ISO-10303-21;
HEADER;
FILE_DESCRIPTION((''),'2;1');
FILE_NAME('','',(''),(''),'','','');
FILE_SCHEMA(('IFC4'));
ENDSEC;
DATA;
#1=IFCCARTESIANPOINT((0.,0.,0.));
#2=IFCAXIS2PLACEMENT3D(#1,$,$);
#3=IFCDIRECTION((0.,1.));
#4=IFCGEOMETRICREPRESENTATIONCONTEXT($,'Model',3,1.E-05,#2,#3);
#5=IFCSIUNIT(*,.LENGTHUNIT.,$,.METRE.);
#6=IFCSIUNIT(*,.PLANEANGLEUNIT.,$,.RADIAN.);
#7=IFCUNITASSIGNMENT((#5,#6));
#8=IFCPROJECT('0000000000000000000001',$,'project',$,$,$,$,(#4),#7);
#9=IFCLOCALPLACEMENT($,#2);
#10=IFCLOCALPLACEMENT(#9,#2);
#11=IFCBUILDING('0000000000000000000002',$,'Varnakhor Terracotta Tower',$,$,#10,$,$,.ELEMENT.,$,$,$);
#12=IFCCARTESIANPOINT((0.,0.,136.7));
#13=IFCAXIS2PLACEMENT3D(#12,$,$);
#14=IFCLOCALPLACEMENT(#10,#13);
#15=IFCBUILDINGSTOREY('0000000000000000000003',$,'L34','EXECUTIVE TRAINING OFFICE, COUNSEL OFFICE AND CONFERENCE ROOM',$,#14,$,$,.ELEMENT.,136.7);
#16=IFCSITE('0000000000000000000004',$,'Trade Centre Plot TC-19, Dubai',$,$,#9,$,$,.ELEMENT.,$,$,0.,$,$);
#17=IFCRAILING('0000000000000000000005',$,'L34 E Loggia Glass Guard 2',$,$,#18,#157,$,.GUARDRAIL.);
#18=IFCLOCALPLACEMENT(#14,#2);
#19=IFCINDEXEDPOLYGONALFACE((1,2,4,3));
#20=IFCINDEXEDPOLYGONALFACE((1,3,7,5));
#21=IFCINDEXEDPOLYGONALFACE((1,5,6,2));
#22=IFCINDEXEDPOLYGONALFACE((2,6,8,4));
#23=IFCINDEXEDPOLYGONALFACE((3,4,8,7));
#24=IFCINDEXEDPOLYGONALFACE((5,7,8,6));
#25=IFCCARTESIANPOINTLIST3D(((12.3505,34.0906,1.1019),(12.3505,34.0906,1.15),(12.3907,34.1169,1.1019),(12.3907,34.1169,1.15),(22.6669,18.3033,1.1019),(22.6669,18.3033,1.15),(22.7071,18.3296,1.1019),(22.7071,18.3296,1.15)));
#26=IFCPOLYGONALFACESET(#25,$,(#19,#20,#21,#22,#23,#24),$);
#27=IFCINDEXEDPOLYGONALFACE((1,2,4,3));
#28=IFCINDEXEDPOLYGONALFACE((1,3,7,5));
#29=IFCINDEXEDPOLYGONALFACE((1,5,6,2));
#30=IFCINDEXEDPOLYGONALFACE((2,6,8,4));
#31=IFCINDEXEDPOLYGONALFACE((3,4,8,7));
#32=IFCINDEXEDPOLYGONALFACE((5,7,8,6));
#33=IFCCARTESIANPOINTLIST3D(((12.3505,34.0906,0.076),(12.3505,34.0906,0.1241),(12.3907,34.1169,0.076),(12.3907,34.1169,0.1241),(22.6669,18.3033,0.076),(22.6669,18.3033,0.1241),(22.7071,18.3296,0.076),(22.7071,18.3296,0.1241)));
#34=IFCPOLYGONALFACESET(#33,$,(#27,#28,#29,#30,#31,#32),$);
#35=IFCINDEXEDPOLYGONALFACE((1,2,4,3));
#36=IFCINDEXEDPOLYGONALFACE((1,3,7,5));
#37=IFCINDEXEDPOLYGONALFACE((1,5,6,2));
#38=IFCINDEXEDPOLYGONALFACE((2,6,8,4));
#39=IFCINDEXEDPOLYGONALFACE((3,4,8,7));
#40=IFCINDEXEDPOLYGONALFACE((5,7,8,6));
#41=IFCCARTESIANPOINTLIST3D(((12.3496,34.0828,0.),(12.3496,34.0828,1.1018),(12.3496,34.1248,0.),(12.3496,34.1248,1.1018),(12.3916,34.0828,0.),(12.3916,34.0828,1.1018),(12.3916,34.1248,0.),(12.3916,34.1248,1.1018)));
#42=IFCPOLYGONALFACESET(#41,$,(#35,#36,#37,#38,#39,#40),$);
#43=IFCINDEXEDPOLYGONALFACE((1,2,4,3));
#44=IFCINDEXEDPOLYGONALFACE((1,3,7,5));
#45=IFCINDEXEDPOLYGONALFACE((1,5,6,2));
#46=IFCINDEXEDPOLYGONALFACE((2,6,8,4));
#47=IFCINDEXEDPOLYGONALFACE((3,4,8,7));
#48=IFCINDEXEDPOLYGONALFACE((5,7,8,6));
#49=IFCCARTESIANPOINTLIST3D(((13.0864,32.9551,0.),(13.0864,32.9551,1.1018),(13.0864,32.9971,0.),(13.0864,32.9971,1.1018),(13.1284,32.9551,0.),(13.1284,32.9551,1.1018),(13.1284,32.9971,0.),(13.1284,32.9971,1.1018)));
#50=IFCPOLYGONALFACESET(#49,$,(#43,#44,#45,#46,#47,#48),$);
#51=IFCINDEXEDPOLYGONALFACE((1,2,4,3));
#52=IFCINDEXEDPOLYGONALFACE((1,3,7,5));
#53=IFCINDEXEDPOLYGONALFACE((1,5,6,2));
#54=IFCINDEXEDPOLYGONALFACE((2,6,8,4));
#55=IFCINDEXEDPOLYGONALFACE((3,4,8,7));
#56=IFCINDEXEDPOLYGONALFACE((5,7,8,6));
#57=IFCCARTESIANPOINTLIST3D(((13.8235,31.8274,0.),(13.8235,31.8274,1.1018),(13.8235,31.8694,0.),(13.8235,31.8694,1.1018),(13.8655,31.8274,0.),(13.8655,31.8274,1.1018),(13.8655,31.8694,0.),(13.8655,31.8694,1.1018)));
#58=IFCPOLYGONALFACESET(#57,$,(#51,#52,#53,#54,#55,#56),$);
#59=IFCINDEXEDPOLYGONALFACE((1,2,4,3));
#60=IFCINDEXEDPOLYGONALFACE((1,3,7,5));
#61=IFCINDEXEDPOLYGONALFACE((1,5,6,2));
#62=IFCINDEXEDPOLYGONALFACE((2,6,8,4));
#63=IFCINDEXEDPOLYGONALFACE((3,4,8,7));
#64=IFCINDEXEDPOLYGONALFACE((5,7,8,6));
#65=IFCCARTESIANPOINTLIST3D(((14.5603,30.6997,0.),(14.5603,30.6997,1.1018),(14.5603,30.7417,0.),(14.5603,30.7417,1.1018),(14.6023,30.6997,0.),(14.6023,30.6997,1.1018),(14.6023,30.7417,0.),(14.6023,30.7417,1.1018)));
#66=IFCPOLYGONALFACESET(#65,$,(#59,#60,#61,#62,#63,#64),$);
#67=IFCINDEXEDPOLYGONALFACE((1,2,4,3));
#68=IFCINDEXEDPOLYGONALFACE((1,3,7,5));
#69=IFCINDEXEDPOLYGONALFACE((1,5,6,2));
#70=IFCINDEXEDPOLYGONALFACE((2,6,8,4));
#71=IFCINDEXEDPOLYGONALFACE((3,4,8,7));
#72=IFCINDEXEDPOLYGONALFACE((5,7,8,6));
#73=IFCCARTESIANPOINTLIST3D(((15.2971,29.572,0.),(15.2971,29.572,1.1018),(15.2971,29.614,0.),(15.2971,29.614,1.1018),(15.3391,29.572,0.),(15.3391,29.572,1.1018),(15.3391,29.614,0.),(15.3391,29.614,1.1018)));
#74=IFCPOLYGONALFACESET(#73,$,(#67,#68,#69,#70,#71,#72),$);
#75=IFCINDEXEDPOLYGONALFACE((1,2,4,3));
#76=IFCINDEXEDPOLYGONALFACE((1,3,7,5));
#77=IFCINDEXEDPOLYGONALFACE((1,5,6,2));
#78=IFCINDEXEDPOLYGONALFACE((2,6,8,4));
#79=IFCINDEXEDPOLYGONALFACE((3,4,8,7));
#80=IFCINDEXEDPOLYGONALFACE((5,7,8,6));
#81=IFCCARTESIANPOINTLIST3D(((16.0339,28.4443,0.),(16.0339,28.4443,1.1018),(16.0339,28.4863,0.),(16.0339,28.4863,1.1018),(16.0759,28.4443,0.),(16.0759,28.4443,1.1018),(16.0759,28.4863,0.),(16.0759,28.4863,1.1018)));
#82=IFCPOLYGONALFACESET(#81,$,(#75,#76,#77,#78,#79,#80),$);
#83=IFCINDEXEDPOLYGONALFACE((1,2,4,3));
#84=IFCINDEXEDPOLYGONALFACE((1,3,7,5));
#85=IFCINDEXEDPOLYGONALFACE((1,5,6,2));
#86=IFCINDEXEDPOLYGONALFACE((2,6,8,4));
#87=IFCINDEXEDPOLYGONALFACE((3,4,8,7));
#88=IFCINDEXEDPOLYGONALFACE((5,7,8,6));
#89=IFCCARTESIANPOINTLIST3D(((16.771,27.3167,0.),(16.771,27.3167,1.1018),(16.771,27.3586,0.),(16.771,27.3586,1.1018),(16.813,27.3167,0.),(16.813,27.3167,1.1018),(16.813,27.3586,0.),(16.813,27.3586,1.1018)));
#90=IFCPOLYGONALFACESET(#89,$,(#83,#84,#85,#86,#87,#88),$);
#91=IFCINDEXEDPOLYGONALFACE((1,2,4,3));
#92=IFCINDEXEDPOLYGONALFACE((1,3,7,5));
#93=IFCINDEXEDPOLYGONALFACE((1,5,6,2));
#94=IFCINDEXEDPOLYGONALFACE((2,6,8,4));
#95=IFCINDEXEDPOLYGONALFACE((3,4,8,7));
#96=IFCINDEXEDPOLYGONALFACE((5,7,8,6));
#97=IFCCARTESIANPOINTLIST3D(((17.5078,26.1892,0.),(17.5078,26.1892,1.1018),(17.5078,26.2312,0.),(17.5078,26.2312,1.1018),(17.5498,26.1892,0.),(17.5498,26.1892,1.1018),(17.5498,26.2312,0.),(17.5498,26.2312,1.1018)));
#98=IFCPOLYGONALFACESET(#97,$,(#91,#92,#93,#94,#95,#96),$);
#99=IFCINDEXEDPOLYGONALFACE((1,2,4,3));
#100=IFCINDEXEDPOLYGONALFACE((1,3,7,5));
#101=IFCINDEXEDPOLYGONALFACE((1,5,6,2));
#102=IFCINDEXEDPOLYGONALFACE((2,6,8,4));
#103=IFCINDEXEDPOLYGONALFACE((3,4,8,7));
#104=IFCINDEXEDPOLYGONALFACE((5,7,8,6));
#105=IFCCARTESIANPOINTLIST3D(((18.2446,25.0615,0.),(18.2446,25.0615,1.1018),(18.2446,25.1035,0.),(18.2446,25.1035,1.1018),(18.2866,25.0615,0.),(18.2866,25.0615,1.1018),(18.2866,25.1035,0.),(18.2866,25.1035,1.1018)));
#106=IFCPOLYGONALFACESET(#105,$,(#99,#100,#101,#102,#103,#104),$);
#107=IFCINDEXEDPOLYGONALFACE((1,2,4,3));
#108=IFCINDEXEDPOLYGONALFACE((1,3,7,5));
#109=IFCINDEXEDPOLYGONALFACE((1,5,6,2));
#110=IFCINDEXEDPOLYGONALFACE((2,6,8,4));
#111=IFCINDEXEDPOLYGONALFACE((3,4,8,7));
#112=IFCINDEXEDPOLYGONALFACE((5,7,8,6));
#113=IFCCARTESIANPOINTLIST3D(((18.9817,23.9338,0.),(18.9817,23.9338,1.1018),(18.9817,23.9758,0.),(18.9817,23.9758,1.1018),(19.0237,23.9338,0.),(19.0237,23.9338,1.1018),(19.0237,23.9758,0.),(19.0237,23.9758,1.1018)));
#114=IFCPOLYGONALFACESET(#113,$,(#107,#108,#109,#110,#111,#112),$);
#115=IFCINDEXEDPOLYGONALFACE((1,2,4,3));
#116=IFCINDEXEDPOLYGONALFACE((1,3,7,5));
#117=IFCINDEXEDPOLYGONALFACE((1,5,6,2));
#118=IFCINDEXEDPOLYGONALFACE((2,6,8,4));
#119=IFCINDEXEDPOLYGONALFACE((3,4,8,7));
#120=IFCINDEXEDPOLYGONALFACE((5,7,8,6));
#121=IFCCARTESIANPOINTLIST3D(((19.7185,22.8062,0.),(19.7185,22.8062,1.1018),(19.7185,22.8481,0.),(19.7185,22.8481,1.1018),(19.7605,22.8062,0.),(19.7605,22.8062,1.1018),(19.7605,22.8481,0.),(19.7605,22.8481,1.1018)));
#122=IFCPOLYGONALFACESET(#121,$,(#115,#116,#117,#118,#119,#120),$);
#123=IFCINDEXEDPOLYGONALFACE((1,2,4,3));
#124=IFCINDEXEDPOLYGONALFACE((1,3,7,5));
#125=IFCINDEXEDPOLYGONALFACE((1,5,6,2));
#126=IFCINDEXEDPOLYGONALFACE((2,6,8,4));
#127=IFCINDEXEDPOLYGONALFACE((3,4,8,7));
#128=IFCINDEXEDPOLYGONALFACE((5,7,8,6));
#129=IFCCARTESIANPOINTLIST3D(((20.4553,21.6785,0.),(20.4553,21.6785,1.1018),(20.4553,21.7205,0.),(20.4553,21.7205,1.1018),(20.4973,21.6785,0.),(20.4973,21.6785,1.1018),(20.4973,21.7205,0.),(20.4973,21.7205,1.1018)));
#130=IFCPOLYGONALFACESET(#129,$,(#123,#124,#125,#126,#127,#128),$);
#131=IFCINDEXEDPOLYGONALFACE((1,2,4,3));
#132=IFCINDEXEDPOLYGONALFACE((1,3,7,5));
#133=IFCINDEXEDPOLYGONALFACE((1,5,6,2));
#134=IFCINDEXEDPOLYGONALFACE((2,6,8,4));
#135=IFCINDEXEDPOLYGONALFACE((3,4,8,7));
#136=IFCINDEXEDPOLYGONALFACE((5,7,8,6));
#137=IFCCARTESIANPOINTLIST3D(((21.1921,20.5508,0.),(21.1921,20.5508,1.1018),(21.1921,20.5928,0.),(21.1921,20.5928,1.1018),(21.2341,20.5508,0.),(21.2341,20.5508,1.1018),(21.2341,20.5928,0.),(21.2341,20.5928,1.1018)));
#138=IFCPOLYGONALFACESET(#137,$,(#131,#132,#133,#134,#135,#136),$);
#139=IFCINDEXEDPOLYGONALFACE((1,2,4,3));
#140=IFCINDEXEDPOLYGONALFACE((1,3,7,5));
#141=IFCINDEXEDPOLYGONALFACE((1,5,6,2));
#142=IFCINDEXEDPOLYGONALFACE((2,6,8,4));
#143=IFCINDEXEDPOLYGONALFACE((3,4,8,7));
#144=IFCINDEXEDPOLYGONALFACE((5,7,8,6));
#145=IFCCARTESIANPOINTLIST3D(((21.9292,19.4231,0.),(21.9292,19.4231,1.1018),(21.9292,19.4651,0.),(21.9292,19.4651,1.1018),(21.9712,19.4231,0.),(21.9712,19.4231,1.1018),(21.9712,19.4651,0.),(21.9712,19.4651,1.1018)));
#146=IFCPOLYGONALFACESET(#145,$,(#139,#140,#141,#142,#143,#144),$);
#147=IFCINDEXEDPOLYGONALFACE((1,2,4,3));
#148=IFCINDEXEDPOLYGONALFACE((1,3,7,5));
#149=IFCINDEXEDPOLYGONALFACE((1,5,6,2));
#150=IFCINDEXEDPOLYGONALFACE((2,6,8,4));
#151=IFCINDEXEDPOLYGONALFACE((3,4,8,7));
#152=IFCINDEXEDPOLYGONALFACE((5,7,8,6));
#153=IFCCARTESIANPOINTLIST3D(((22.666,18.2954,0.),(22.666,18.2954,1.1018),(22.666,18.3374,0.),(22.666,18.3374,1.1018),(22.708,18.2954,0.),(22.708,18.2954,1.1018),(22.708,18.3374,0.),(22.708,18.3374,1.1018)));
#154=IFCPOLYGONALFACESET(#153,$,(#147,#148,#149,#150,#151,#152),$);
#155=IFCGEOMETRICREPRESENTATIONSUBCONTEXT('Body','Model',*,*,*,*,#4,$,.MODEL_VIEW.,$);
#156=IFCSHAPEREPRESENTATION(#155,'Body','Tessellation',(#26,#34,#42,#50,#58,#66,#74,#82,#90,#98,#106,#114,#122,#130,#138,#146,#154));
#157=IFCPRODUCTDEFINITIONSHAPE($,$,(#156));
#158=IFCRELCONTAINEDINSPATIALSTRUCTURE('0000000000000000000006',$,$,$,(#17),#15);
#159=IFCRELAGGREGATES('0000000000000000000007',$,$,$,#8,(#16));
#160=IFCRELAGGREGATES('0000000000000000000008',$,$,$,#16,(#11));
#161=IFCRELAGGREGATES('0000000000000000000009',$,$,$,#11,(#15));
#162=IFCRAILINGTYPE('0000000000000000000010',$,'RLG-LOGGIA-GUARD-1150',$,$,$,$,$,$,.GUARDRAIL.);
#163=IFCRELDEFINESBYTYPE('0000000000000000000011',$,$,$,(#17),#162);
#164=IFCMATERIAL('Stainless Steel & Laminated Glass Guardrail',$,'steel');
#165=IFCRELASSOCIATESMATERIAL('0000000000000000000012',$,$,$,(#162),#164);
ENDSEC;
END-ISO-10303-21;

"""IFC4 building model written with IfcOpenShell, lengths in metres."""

from ifc_helpers import new_model, si_unit, direction, frame, origin, origin_2d, place, context, subcontext, project, spatial, rectangle, extrude, material, type_object, element, save


model = new_model("IFC4")

# Units and contexts
model_context = context("Model", 3, precision=1e-05, world=origin(), true_north=direction((0.0, 1.0)))
body_context = subcontext(model_context, "Body", "Model", "MODEL_VIEW")
ifc_project = project(units=[si_unit("LENGTHUNIT", "METRE"), si_unit("PLANEANGLEUNIT", "RADIAN")], contexts=[model_context])

# Site, building, storey
site_placement = place(None, origin())
site = spatial("IfcSite", under=ifc_project, at=site_placement, Name="Trade Centre Plot TC-19, Dubai", CompositionType="ELEMENT", RefElevation=0.0)
building_placement = place(site_placement, origin())
building = spatial("IfcBuilding", under=site, at=building_placement, Name="Varnakhor Terracotta Tower", CompositionType="ELEMENT")
storey_placement = place(building_placement, frame((0.0, 0.0, 136.7)))
storey = spatial("IfcBuildingStorey", under=building, at=storey_placement, Name="L34", Description="EXECUTIVE TRAINING OFFICE, COUNSEL OFFICE AND CONFERENCE ROOM", CompositionType="ELEMENT", Elevation=136.7)

# Railing
ifc_material_1 = material(Name="Stainless Steel & Laminated Glass Guardrail", Category="steel")
railing_type = type_object("IfcRailingType", Name="RLG-LOGGIA-GUARD-1150", PredefinedType="GUARDRAIL", material=ifc_material_1)
railing_1_placement = place(storey_placement, frame((12.3706, 34.1038, 0.0)))
element("IfcRailing", 1, at=railing_1_placement, inside=storey, type_object=railing_type, Name="L34 E Loggia Glass Guard 2", PredefinedType="GUARDRAIL", context=body_context, shape_type="SweptSolid", body=[
    extrude(rectangle(XDim=0.0481, YDim=0.0481, at=origin_2d()), frame((0.0, 0.0, 1.126), z_axis=(0.547023, -0.837118, 0.0), x_axis=(0.837118, 0.547023, 0.0)), (0.0, 0.0, 1.0), 18.8591),
    extrude(rectangle(XDim=0.0481, YDim=0.0481, at=origin_2d()), frame((0.0, 0.0, 0.1001), z_axis=(0.547023, -0.837118, 0.0), x_axis=(0.837118, 0.547023, 0.0)), (0.0, 0.0, 1.0), 18.8591),
    extrude(rectangle(XDim=0.042, YDim=0.042, at=origin_2d()), origin(), (0.0, 0.0, 1.0), 1.1018),
    extrude(rectangle(XDim=0.042, YDim=0.042, at=origin_2d()), frame((0.7368, -1.1277, 0.0)), (0.0, 0.0, 1.0), 1.1018),
    extrude(rectangle(XDim=0.042, YDim=0.042, at=origin_2d()), frame((1.4739, -2.2554, 0.0)), (0.0, 0.0, 1.0), 1.1018),
    extrude(rectangle(XDim=0.042, YDim=0.042, at=origin_2d()), frame((2.2107, -3.3831, 0.0)), (0.0, 0.0, 1.0), 1.1018),
    extrude(rectangle(XDim=0.042, YDim=0.042, at=origin_2d()), frame((2.9475, -4.5107, 0.0)), (0.0, 0.0, 1.0), 1.1018),
    extrude(rectangle(XDim=0.042, YDim=0.042, at=origin_2d()), frame((3.6843, -5.6384, 0.0)), (0.0, 0.0, 1.0), 1.1018),
    extrude(rectangle(XDim=0.042, YDim=0.042, at=origin_2d()), frame((4.4214, -6.7661, 0.0)), (0.0, 0.0, 1.0), 1.1018),
    extrude(rectangle(XDim=0.042, YDim=0.042, at=origin_2d()), frame((5.1582, -7.8936, 0.0)), (0.0, 0.0, 1.0), 1.1018),
    extrude(rectangle(XDim=0.042, YDim=0.042, at=origin_2d()), frame((5.895, -9.0212, 0.0)), (0.0, 0.0, 1.0), 1.1018),
    extrude(rectangle(XDim=0.042, YDim=0.042, at=origin_2d()), frame((6.6321, -10.1489, 0.0)), (0.0, 0.0, 1.0), 1.1018),
    extrude(rectangle(XDim=0.042, YDim=0.042, at=origin_2d()), frame((7.3689, -11.2766, 0.0)), (0.0, 0.0, 1.0), 1.1018),
    extrude(rectangle(XDim=0.042, YDim=0.042, at=origin_2d()), frame((8.1057, -12.4043, 0.0)), (0.0, 0.0, 1.0), 1.1018),
    extrude(rectangle(XDim=0.042, YDim=0.042, at=origin_2d()), frame((8.8425, -13.532, 0.0)), (0.0, 0.0, 1.0), 1.1018),
    extrude(rectangle(XDim=0.042, YDim=0.042, at=origin_2d()), frame((9.5796, -14.6597, 0.0)), (0.0, 0.0, 1.0), 1.1018),
    extrude(rectangle(XDim=0.042, YDim=0.042, at=origin_2d()), frame((10.3164, -15.7874, 0.0)), (0.0, 0.0, 1.0), 1.1018),
])

save(model, "model.ifc")
